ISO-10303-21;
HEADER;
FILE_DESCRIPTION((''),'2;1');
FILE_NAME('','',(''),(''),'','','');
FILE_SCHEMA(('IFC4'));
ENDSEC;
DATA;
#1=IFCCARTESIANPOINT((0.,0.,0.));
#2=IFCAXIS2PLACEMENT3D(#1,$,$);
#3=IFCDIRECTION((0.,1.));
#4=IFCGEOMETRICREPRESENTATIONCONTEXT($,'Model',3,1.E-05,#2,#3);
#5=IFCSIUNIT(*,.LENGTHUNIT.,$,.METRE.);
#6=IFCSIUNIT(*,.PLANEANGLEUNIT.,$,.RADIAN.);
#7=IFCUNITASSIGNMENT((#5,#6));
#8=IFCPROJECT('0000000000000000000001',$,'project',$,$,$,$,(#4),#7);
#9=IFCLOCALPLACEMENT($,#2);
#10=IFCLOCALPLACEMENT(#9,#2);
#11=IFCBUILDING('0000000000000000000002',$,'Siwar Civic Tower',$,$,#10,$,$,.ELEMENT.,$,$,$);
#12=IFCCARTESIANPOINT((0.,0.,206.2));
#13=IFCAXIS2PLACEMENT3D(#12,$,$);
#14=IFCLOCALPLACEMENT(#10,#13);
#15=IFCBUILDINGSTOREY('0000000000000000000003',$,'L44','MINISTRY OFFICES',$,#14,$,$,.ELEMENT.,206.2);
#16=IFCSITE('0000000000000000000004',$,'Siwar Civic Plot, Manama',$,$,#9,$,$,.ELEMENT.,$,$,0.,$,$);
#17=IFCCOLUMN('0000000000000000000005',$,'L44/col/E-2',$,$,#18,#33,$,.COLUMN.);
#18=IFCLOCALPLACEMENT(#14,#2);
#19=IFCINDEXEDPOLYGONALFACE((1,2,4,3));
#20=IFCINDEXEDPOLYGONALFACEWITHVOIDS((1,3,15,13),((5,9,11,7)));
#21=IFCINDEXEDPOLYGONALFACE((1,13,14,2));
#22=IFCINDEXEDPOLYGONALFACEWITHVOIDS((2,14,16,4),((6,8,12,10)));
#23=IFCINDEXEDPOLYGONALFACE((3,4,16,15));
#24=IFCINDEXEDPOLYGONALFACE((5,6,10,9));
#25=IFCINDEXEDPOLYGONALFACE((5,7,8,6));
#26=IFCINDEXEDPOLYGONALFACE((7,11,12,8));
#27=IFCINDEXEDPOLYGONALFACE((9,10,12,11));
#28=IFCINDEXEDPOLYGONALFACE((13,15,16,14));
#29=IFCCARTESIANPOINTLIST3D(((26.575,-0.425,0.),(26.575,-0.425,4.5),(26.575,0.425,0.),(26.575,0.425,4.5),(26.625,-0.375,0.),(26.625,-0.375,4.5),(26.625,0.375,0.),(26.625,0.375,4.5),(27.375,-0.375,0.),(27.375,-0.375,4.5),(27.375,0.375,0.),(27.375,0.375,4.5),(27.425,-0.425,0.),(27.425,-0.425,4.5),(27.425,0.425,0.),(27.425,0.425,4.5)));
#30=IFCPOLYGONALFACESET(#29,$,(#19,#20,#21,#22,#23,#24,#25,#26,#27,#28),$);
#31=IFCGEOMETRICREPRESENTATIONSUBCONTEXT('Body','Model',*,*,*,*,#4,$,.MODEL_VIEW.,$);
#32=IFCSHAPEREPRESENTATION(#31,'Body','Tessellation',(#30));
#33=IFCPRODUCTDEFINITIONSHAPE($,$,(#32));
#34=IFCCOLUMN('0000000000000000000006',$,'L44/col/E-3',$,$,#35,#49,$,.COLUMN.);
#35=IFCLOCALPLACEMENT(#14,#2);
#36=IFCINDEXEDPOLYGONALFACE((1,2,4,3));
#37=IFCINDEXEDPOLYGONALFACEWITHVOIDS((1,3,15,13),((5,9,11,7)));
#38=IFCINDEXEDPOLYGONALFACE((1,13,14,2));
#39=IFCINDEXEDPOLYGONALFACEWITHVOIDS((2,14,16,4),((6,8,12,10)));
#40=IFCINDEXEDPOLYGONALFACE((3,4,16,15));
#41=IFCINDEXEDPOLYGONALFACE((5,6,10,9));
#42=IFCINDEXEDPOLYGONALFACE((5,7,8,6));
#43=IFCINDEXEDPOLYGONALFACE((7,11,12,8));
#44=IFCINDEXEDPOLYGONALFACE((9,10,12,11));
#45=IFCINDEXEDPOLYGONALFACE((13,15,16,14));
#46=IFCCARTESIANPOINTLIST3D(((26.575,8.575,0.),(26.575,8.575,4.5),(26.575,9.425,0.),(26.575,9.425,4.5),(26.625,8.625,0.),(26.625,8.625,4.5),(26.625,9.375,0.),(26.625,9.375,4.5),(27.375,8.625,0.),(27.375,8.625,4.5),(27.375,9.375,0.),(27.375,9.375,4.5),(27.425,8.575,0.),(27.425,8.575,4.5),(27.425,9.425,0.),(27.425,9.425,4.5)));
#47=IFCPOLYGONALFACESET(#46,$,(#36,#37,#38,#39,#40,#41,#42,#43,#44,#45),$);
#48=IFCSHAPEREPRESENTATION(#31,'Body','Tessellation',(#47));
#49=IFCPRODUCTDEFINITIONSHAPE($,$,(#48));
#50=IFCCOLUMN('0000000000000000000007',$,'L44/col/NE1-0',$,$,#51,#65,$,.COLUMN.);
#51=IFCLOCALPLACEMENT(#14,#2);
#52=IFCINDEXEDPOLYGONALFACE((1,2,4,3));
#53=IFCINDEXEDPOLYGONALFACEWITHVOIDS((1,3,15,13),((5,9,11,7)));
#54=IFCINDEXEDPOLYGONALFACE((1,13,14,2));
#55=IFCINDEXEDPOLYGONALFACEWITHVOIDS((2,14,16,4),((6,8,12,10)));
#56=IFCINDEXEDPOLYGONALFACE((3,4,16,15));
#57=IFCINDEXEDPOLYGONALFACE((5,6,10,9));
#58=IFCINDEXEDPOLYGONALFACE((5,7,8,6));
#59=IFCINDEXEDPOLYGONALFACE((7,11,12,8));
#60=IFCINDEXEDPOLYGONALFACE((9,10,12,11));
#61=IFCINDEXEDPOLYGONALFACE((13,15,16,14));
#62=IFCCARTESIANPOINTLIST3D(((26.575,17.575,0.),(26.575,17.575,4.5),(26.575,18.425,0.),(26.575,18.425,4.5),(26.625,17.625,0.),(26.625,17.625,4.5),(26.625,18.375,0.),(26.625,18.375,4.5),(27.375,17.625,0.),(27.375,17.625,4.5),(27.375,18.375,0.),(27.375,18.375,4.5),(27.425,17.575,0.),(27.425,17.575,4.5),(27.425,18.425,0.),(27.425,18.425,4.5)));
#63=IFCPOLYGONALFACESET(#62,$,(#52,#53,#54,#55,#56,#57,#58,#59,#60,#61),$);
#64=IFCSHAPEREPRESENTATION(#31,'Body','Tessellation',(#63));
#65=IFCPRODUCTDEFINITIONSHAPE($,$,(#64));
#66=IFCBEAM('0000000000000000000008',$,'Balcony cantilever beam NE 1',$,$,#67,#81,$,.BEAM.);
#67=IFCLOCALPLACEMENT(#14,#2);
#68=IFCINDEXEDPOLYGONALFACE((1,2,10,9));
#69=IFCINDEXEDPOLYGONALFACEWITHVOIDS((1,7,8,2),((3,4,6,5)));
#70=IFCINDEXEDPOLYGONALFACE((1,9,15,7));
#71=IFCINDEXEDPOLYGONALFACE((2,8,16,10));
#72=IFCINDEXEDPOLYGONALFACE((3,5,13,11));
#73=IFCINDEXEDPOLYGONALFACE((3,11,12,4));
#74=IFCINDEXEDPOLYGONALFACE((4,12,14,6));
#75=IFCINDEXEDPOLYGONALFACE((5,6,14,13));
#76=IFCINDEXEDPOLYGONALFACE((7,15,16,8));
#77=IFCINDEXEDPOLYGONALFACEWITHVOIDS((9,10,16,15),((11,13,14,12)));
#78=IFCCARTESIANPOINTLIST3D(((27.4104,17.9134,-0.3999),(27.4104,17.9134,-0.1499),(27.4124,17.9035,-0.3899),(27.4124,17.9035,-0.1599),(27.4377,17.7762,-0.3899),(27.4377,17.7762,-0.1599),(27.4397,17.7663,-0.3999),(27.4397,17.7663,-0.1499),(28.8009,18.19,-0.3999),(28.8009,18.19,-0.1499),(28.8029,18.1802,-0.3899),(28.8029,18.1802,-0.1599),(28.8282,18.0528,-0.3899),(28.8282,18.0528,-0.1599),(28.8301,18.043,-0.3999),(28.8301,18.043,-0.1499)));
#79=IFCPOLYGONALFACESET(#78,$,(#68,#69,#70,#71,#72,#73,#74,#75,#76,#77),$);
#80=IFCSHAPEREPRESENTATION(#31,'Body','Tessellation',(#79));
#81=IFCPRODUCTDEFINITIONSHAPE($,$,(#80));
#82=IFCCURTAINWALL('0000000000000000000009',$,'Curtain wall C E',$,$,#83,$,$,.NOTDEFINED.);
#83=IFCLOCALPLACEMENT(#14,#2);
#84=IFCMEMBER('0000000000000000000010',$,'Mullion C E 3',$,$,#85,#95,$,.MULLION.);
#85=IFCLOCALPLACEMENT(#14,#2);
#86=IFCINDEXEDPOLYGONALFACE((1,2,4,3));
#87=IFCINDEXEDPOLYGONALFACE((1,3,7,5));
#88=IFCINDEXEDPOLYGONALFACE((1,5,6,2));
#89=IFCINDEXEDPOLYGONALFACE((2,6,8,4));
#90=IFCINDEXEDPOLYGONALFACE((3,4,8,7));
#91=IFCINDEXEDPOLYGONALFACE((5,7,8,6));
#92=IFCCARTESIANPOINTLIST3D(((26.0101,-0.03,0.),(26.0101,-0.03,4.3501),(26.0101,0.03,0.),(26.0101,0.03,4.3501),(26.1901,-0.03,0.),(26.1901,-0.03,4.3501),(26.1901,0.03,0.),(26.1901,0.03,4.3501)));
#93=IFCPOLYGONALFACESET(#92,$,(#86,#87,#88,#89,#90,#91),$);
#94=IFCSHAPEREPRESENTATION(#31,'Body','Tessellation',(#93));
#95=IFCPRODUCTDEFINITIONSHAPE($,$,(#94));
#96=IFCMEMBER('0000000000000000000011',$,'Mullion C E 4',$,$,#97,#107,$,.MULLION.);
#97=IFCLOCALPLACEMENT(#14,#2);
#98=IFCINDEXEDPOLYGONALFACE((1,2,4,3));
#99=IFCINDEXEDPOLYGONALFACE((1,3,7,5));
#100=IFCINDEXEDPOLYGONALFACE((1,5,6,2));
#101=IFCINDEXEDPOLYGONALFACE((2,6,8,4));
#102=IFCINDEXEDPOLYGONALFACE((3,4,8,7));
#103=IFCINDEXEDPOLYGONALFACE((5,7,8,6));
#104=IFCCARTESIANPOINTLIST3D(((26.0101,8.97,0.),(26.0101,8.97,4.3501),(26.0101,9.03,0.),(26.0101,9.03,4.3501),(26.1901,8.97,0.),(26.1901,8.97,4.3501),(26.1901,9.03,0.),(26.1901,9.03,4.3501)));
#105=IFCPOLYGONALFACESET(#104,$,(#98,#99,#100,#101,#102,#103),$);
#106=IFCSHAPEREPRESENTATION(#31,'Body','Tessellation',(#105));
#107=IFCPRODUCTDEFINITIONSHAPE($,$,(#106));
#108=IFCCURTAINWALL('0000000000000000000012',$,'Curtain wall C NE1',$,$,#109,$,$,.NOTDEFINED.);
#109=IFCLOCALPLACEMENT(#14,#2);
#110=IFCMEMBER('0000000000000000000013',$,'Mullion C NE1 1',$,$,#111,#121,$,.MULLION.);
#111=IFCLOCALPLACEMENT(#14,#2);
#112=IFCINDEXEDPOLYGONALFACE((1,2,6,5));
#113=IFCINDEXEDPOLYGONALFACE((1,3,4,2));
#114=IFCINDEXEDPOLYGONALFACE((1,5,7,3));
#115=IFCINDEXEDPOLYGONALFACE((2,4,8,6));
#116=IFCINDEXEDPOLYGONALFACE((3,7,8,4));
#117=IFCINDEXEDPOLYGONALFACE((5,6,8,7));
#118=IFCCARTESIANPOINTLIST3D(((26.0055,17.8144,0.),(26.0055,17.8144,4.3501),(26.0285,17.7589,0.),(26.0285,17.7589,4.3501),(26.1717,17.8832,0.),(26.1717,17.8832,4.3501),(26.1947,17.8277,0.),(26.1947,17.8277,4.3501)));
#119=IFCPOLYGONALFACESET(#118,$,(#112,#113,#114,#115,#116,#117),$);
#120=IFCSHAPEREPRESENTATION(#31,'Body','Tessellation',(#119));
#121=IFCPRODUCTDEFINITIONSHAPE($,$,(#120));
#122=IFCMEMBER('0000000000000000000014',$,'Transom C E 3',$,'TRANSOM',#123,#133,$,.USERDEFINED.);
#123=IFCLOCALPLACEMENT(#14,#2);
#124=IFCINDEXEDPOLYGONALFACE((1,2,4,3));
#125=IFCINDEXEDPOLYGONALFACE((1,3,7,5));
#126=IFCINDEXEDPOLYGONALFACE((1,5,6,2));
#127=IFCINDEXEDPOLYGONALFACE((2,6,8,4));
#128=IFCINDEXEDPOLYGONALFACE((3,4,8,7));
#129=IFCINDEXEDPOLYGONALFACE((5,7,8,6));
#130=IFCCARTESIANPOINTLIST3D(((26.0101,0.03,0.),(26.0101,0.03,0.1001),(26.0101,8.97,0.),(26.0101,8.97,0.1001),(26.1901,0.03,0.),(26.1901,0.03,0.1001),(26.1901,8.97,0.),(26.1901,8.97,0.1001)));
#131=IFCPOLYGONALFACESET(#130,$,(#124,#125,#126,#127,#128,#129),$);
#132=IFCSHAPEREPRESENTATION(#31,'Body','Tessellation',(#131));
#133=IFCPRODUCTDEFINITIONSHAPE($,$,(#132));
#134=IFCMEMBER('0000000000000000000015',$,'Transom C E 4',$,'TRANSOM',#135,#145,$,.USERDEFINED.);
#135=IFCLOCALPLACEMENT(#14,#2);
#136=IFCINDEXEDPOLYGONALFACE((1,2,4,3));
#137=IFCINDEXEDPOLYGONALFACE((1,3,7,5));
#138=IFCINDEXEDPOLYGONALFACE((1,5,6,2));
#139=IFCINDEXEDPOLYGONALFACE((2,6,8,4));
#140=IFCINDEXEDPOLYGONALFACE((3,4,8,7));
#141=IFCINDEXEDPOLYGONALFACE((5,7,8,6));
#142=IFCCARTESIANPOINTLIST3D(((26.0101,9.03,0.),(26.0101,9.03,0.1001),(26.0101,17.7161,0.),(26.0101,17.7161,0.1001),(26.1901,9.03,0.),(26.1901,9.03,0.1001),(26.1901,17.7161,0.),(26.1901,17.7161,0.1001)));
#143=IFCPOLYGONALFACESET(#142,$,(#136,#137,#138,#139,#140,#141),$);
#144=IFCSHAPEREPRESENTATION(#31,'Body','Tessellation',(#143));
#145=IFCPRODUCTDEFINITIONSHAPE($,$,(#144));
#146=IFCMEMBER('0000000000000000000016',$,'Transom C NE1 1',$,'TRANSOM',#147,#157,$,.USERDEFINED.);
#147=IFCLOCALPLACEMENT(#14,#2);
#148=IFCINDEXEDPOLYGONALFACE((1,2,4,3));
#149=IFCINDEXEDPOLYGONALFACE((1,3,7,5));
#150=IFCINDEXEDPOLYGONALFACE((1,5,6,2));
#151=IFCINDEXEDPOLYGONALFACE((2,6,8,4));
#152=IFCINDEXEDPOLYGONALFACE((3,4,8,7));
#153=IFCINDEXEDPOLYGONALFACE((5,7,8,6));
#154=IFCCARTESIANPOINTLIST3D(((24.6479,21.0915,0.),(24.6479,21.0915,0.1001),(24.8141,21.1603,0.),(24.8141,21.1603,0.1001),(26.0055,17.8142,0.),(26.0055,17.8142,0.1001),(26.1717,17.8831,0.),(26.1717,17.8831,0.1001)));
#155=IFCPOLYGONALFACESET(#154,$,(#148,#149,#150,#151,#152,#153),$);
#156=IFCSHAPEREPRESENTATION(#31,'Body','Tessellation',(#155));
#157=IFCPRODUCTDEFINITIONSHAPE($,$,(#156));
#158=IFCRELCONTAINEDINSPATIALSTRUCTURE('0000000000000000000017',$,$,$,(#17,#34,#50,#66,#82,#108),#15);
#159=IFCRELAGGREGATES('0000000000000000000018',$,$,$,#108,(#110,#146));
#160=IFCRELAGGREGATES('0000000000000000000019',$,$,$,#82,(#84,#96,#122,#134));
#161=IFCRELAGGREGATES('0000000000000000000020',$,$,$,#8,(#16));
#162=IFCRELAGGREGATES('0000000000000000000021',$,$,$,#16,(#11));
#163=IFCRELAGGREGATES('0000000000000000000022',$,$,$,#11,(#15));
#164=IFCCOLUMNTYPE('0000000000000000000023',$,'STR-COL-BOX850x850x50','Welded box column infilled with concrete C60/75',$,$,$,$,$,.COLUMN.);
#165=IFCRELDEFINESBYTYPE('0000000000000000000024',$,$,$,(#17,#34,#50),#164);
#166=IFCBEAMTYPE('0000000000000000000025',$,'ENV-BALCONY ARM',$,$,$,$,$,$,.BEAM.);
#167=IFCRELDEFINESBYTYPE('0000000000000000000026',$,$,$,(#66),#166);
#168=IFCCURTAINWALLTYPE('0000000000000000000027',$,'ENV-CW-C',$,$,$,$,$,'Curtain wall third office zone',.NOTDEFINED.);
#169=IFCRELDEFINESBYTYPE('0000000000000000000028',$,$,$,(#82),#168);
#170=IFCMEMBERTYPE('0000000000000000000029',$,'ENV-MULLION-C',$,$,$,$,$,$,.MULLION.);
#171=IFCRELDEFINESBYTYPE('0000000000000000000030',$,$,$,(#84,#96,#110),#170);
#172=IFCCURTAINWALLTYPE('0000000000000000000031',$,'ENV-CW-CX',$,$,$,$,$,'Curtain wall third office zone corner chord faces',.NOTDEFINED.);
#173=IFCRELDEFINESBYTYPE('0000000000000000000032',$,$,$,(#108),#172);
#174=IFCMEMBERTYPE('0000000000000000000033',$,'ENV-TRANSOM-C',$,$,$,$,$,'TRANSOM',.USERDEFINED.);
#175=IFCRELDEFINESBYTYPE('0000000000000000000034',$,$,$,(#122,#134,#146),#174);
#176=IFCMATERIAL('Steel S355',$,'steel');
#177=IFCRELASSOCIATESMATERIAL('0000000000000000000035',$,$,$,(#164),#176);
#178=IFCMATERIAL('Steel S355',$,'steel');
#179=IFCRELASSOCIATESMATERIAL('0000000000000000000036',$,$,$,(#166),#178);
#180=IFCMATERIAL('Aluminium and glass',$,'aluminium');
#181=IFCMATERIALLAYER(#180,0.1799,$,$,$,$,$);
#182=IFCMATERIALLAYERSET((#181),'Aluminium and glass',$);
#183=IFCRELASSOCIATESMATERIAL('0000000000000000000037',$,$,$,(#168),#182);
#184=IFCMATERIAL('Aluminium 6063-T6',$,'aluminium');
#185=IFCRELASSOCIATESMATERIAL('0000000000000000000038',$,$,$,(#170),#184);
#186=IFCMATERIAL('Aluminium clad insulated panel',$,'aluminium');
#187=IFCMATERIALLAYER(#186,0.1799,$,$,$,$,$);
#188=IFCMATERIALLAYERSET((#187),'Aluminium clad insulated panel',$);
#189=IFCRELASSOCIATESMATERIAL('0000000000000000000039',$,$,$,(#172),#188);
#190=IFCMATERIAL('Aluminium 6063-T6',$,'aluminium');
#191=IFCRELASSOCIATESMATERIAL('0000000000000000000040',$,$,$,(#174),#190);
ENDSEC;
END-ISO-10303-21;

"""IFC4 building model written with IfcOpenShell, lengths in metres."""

from ifc_helpers import new_model, si_unit, direction, frame, origin, origin_2d, place, context, subcontext, project, spatial, rectangle, hollow_rectangle, extrude, material, layer, layer_set, material_profile, profile_set, type_object, element, aggregate, save


model = new_model("IFC4")

# Units and contexts
model_context = context("Model", 3, precision=1e-05, world=origin(), true_north=direction((0.0, 1.0)))
body_context = subcontext(model_context, "Body", "Model", "MODEL_VIEW")
ifc_project = project(units=[si_unit("LENGTHUNIT", "METRE"), si_unit("PLANEANGLEUNIT", "RADIAN")], contexts=[model_context])

# Site, building, storey
site_placement = place(None, origin())
site = spatial("IfcSite", under=ifc_project, at=site_placement, Name="Siwar Civic Plot, Manama", CompositionType="ELEMENT", RefElevation=0.0)
building_placement = place(site_placement, origin())
building = spatial("IfcBuilding", under=site, at=building_placement, Name="Siwar Civic Tower", CompositionType="ELEMENT")
storey_placement = place(building_placement, frame((0.0, 0.0, 206.2)))
storey = spatial("IfcBuildingStorey", under=building, at=storey_placement, Name="L44", Description="MINISTRY OFFICES", CompositionType="ELEMENT", Elevation=206.2)

# Columns
ifc_material_1 = material(Name="Steel S355", Category="steel")
ifc_material_profile_1 = material_profile(ifc_material_1, hollow_rectangle(XDim=0.8501, YDim=0.8501, WallThickness=0.05, at=origin_2d()), Name="BOX850x850x50")
ifc_profile_set_1 = profile_set([ifc_material_profile_1], Name="Steel S355")
column_type = type_object("IfcColumnType", Name="STR-COL-BOX850x850x50", Description="Welded box column infilled with concrete C60/75", PredefinedType="COLUMN", material=ifc_profile_set_1)
for number, where, z_axis, x_axis, name in (
    (1, (27.0, 0.0, 0.0), (0.0, 0.0, 1.0), (1.0, 0.0, 0.0), "L44/col/E-2"),
    (2, (27.0, 9.0, 0.0), (0.0, 0.0, 1.0), (1.0, 0.0, 0.0), "L44/col/E-3"),
    (3, (27.0, 18.0, 0.0), (0.0, 0.0, 1.0), (1.0, 0.0, 0.0), "L44/col/NE1-0"),
):
    element("IfcColumn", number, at=place(storey_placement, frame(where, z_axis=z_axis, x_axis=x_axis)), inside=storey, type_object=column_type, Name=name, PredefinedType="COLUMN", context=body_context, shape_type="SweptSolid", body=[
        extrude(hollow_rectangle(XDim=0.8501, YDim=0.8501, WallThickness=0.05, at=origin_2d()), origin(), (0.0, 0.0, 1.0), 4.5),
    ])

# Beam
ifc_material_2 = material(Name="Steel S355", Category="steel")
ifc_material_profile_2 = material_profile(ifc_material_2, hollow_rectangle(XDim=0.1499, YDim=0.25, WallThickness=0.01, at=origin_2d()), Name="RHS250x150x10")
ifc_profile_set_2 = profile_set([ifc_material_profile_2], Name="Steel S355")
beam_type_1 = type_object("IfcBeamType", Name="ENV-BALCONY ARM", PredefinedType="BEAM", material=ifc_profile_set_2)
beam_1_placement = place(storey_placement, frame((27.425, 17.8398, -0.2749), z_axis=(0.980779, 0.195122, 0.0), x_axis=(-0.195122, 0.980779, 0.0)))
element("IfcBeam", 4, at=beam_1_placement, inside=storey, type_object=beam_type_1, Name="Balcony cantilever beam NE 1", PredefinedType="BEAM", context=body_context, shape_type="SweptSolid", body=[
    extrude(hollow_rectangle(XDim=0.1499, YDim=0.25, WallThickness=0.01, at=origin_2d()), origin(), (0.0, 0.0, 1.0), 1.4177),
])

# Curtain wall, members
ifc_material_3 = material(Name="Aluminium and glass", Category="aluminium")
ifc_layer_1 = layer(ifc_material_3, 0.1799)
ifc_layer_set_1 = layer_set([ifc_layer_1], Name="Aluminium and glass")
curtain_wall_type_1 = type_object("IfcCurtainWallType", Name="ENV-CW-C", ElementType="Curtain wall third office zone", PredefinedType="NOTDEFINED", material=ifc_layer_set_1)
curtain_wall_1_placement = place(storey_placement, origin())
curtain_wall_1 = element("IfcCurtainWall", 5, at=curtain_wall_1_placement, inside=storey, type_object=curtain_wall_type_1, Name="Curtain wall C E", PredefinedType="NOTDEFINED")
ifc_material_4 = material(Name="Aluminium 6063-T6", Category="aluminium")
ifc_material_profile_3 = material_profile(ifc_material_4, rectangle(XDim=0.1799, YDim=0.0601, at=origin_2d()), Name="AL 180x60")
ifc_profile_set_3 = profile_set([ifc_material_profile_3], Name="Aluminium 6063-T6")
member_type_1 = type_object("IfcMemberType", Name="ENV-MULLION-C", PredefinedType="MULLION", material=ifc_profile_set_3)
member_1_placement = place(storey_placement, frame((26.1001, 0.0, 0.0), z_axis=(0.0, 0.0, 1.0), x_axis=(-1.0, 0.0, 0.0)))
member_1 = element("IfcMember", 6, at=member_1_placement, type_object=member_type_1, Name="Mullion C E 3", PredefinedType="MULLION", context=body_context, shape_type="SweptSolid", body=[
    extrude(rectangle(XDim=0.1799, YDim=0.0601, at=origin_2d()), origin(), (0.0, 0.0, 1.0), 4.3501),
])
member_2_placement = place(storey_placement, frame((26.1001, 9.0, 0.0), z_axis=(0.0, 0.0, 1.0), x_axis=(-1.0, 0.0, 0.0)))
member_2 = element("IfcMember", 7, at=member_2_placement, type_object=member_type_1, Name="Mullion C E 4", PredefinedType="MULLION", context=body_context, shape_type="SweptSolid", body=[
    extrude(rectangle(XDim=0.1799, YDim=0.0601, at=origin_2d()), origin(), (0.0, 0.0, 1.0), 4.3501),
])

# Curtain wall, member
ifc_material_5 = material(Name="Aluminium clad insulated panel", Category="aluminium")
ifc_layer_2 = layer(ifc_material_5, 0.1799)
ifc_layer_set_2 = layer_set([ifc_layer_2], Name="Aluminium clad insulated panel")
curtain_wall_type_2 = type_object("IfcCurtainWallType", Name="ENV-CW-CX", ElementType="Curtain wall third office zone corner chord faces", PredefinedType="NOTDEFINED", material=ifc_layer_set_2)
curtain_wall_2_placement = place(storey_placement, origin())
curtain_wall_2 = element("IfcCurtainWall", 8, at=curtain_wall_2_placement, inside=storey, type_object=curtain_wall_type_2, Name="Curtain wall C NE1", PredefinedType="NOTDEFINED")
member_3_placement = place(storey_placement, frame((26.1001, 17.821, 0.0), z_axis=(0.0, 0.0, 1.0), x_axis=(-0.92388, -0.382683, 0.0)))
member_3 = element("IfcMember", 9, at=member_3_placement, type_object=member_type_1, Name="Mullion C NE1 1", PredefinedType="MULLION", context=body_context, shape_type="SweptSolid", body=[
    extrude(rectangle(XDim=0.1799, YDim=0.0601, at=origin_2d()), origin(), (0.0, 0.0, 1.0), 4.3501),
])

# Members
ifc_material_6 = material(Name="Aluminium 6063-T6", Category="aluminium")
ifc_material_profile_4 = material_profile(ifc_material_6, rectangle(XDim=0.1799, YDim=0.1001, at=origin_2d()), Name="AL 180x100")
ifc_profile_set_4 = profile_set([ifc_material_profile_4], Name="Aluminium 6063-T6")
member_type_2 = type_object("IfcMemberType", Name="ENV-TRANSOM-C", ElementType="TRANSOM", PredefinedType="USERDEFINED", material=ifc_profile_set_4)
member_4_placement = place(storey_placement, frame((26.1001, 0.03, 0.05), z_axis=(0.0, 1.0, 0.0), x_axis=(-1.0, 0.0, 0.0)))
member_4 = element("IfcMember", 10, at=member_4_placement, type_object=member_type_2, Name="Transom C E 3", ObjectType="TRANSOM", PredefinedType="USERDEFINED", context=body_context, shape_type="SweptSolid", body=[
    extrude(rectangle(XDim=0.1799, YDim=0.1001, at=origin_2d()), origin(), (0.0, 0.0, 1.0), 8.9399),
])
member_5_placement = place(storey_placement, frame((26.1001, 9.03, 0.05), z_axis=(0.0, 1.0, 0.0), x_axis=(-1.0, 0.0, 0.0)))
member_5 = element("IfcMember", 11, at=member_5_placement, type_object=member_type_2, Name="Transom C E 4", ObjectType="TRANSOM", PredefinedType="USERDEFINED", context=body_context, shape_type="SweptSolid", body=[
    extrude(rectangle(XDim=0.1799, YDim=0.1001, at=origin_2d()), origin(), (0.0, 0.0, 1.0), 8.686),
])
member_6_placement = place(storey_placement, frame((26.0886, 17.8486, 0.05), z_axis=(-0.382719, 0.923865, 0.0), x_axis=(-0.923865, -0.382719, 0.0)))
member_6 = element("IfcMember", 12, at=member_6_placement, type_object=member_type_2, Name="Transom C NE1 1", ObjectType="TRANSOM", PredefinedType="USERDEFINED", context=body_context, shape_type="SweptSolid", body=[
    extrude(rectangle(XDim=0.1799, YDim=0.1001, at=origin_2d()), origin(), (0.0, 0.0, 1.0), 3.5474),
])
aggregate(curtain_wall_2, [member_3, member_6])

aggregate(curtain_wall_1, [member_1, member_2, member_4, member_5])

save(model, "model.ifc")
